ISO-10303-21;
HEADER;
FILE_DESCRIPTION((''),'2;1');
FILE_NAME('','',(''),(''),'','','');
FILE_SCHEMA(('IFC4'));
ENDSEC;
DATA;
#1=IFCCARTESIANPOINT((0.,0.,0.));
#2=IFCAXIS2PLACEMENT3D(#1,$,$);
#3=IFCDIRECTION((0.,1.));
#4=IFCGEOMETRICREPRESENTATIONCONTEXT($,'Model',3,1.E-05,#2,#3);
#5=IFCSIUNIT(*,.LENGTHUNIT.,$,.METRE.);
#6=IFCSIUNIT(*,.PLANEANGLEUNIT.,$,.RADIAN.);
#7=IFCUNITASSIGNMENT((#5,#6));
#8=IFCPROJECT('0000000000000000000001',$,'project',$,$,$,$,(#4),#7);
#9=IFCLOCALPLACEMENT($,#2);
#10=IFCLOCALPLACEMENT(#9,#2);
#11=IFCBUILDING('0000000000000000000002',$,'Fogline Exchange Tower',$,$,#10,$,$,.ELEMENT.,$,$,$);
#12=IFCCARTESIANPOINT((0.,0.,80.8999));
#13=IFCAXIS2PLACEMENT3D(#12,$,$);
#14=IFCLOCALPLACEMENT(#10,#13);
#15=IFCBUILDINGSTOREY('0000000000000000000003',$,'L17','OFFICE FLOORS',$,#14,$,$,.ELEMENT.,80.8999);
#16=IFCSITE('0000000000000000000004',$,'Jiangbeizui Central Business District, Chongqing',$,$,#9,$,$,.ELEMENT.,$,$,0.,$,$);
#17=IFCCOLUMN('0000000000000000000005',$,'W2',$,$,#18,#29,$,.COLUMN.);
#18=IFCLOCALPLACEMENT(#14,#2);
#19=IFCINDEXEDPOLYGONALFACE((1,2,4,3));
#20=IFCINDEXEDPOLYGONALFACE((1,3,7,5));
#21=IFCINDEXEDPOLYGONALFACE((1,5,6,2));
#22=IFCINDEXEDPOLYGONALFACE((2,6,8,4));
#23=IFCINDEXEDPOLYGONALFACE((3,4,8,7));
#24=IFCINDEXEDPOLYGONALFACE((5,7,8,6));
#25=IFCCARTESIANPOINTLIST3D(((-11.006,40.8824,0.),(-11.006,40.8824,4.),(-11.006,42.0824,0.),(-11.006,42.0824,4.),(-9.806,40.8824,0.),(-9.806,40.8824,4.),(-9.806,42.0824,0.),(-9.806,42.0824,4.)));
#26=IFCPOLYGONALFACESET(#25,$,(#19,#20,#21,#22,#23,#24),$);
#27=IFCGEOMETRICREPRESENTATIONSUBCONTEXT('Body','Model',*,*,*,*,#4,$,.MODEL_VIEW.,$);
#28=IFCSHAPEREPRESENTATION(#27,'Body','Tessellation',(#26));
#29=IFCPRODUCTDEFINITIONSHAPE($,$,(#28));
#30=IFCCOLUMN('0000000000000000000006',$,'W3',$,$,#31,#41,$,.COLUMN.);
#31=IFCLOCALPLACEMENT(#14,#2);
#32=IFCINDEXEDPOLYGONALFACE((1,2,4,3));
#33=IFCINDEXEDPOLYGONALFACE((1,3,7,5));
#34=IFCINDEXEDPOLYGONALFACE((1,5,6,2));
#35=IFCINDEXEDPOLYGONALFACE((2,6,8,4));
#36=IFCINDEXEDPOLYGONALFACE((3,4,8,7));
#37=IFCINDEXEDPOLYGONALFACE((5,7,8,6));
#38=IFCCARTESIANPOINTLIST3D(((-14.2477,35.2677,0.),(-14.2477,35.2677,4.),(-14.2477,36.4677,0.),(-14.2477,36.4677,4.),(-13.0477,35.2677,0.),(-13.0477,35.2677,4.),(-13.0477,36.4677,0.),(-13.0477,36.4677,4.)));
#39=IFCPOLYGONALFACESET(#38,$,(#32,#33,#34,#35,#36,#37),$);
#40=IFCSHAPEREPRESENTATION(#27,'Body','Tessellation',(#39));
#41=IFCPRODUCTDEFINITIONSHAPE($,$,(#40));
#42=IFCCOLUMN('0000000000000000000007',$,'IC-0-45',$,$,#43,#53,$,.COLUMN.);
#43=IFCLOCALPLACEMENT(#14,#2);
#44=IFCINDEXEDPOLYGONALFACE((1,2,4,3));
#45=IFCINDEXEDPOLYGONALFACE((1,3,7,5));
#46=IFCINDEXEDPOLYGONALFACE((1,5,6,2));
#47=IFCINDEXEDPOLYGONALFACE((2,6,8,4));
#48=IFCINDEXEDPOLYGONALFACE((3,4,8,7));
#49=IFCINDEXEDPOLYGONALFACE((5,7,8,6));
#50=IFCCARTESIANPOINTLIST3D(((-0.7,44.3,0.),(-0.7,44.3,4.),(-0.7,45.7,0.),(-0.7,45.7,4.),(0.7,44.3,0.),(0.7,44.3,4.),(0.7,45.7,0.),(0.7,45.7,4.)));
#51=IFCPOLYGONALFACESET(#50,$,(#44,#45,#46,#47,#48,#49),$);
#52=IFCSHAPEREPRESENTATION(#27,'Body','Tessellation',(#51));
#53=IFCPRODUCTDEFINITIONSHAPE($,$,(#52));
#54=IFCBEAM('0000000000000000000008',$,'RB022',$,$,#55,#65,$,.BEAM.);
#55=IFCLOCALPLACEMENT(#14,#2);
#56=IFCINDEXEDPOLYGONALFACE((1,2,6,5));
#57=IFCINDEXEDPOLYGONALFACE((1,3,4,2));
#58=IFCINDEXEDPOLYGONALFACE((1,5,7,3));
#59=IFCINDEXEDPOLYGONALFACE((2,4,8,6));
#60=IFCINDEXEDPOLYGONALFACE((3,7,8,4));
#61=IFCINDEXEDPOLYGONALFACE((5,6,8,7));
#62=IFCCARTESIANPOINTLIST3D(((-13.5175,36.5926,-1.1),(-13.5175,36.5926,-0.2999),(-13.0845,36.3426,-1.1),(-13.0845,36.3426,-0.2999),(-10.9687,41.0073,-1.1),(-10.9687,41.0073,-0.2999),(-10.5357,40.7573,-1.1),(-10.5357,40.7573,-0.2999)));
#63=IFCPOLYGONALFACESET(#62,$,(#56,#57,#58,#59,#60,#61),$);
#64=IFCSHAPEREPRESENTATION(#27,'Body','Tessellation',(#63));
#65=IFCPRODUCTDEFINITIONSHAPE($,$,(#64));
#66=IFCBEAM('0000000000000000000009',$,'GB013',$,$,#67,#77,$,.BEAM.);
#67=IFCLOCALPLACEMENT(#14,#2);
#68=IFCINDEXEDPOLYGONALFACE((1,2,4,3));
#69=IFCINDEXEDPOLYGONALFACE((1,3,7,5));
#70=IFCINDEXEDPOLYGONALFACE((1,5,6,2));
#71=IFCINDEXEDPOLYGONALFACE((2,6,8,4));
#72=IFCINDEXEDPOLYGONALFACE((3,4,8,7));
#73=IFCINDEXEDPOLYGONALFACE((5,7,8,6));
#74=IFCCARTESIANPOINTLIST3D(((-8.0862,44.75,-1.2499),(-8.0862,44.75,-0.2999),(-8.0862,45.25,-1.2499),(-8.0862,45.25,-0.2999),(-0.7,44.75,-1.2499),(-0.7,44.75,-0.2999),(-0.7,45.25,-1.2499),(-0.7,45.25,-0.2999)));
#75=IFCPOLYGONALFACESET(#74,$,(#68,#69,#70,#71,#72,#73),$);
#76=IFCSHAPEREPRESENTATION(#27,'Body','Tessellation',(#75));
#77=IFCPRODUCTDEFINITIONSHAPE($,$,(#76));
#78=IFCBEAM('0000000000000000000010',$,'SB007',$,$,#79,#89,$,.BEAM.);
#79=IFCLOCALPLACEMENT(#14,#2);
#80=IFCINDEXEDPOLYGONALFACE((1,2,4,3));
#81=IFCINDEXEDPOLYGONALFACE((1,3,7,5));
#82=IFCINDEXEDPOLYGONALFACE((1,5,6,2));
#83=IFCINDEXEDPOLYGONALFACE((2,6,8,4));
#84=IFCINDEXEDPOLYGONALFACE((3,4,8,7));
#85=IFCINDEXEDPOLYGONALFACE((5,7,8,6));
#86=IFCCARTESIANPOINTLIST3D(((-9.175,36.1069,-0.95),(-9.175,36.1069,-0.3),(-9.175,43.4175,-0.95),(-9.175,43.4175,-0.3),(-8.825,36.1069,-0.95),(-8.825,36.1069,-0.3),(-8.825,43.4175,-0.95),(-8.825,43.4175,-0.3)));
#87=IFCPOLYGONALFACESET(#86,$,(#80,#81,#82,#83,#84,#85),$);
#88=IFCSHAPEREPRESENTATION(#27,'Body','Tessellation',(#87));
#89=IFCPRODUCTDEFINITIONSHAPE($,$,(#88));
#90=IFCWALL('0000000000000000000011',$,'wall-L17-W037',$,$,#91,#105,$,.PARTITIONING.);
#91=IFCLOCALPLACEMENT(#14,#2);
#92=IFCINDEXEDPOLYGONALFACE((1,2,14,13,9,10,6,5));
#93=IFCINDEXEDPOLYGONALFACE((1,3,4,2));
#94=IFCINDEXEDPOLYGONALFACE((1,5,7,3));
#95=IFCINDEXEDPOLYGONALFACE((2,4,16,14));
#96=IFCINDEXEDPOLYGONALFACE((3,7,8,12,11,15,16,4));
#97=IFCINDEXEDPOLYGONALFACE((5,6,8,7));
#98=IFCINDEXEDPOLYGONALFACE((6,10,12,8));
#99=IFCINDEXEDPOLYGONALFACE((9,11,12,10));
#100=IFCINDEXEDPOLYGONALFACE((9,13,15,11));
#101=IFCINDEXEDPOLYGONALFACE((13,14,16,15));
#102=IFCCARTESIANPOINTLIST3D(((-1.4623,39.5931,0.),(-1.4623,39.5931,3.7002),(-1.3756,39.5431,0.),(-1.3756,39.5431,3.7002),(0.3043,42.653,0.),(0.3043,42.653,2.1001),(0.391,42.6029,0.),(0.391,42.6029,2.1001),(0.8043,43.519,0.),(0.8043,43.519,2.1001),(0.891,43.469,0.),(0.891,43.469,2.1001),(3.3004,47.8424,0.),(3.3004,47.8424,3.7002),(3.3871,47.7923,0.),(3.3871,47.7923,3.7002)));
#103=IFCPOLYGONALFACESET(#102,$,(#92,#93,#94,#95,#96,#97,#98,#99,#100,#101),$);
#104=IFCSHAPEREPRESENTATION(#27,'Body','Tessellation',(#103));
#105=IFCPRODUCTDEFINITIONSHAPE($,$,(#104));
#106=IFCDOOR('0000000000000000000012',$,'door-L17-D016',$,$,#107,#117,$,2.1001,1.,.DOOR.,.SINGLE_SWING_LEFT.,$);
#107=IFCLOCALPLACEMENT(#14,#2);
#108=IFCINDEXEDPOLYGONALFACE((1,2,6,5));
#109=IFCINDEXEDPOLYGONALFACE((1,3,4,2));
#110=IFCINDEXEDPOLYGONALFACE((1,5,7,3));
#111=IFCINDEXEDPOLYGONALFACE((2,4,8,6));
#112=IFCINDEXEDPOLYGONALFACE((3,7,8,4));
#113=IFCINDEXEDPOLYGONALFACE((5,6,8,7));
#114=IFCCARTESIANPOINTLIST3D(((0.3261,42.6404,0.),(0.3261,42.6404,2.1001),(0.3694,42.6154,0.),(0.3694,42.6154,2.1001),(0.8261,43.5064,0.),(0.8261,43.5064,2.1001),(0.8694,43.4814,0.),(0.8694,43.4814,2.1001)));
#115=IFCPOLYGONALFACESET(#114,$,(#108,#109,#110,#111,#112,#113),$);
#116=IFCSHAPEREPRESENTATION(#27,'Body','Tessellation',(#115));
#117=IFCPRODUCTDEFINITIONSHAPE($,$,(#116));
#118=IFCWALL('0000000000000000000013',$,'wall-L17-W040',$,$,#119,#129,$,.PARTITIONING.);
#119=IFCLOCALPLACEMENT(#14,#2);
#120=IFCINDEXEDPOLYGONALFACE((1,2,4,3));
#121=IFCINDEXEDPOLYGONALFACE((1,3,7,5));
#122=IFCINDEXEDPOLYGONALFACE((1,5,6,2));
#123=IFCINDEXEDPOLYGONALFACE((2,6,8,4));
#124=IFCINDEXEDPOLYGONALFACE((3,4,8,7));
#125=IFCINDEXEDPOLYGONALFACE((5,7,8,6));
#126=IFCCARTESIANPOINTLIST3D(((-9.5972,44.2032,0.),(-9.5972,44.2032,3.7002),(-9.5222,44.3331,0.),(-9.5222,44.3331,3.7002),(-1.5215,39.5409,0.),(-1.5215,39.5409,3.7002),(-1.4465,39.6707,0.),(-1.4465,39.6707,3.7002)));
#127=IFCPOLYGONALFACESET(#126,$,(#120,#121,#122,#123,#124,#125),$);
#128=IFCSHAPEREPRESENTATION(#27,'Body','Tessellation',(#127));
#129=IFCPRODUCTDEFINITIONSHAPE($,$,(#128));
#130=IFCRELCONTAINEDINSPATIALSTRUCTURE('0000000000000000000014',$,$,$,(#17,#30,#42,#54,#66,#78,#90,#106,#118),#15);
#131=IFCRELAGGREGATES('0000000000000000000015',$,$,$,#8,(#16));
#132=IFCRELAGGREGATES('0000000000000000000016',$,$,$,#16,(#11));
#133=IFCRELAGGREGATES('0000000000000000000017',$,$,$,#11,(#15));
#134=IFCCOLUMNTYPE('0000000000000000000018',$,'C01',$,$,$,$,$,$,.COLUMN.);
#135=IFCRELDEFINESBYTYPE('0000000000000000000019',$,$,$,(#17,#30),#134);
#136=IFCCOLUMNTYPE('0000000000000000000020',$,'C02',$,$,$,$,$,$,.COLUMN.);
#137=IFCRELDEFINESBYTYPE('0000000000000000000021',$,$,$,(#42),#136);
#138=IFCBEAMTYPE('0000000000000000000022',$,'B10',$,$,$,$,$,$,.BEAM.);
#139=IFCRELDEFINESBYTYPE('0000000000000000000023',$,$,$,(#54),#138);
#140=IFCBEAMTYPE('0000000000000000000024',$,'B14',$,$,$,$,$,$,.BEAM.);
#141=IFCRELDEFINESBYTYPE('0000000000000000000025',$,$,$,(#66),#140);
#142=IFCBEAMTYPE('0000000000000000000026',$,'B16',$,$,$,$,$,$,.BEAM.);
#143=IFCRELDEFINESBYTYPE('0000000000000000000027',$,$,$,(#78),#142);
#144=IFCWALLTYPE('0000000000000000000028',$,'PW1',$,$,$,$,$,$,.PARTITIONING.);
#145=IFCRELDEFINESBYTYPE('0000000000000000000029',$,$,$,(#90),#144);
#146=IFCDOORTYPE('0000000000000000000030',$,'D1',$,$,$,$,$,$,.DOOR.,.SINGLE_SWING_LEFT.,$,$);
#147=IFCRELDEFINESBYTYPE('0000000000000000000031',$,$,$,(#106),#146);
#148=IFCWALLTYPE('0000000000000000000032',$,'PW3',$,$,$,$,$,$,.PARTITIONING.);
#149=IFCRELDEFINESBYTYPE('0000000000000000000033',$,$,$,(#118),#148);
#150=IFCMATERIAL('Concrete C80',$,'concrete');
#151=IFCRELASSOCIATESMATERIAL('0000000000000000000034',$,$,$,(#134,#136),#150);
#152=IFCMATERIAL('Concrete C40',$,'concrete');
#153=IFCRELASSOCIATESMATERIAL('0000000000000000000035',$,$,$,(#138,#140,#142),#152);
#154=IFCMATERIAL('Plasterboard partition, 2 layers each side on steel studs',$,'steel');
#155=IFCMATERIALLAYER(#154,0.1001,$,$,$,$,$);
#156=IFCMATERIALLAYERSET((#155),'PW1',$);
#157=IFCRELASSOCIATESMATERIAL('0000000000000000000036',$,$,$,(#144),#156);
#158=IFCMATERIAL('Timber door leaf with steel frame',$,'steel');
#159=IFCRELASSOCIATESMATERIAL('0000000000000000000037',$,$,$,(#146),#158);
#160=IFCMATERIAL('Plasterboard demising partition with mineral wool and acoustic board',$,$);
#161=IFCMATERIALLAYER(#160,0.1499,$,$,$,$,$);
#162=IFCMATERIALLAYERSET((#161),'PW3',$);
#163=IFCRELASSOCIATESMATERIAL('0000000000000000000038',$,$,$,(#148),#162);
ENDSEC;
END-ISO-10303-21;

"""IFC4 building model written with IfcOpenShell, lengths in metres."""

from ifc_helpers import new_model, si_unit, direction, frame, frame_2d, origin, origin_2d, place, context, subcontext, project, spatial, rectangle, extrude, material, layer, layer_set, material_profile, profile_set, type_object, element, fill, save


model = new_model("IFC4")

# Units and contexts
model_context = context("Model", 3, precision=1e-05, world=origin(), true_north=direction((0.0, 1.0)))
body_context = subcontext(model_context, "Body", "Model", "MODEL_VIEW")
ifc_project = project(units=[si_unit("LENGTHUNIT", "METRE"), si_unit("PLANEANGLEUNIT", "RADIAN")], contexts=[model_context])

# Site, building, storey
site_placement = place(None, origin())
site = spatial("IfcSite", under=ifc_project, at=site_placement, Name="Jiangbeizui Central Business District, Chongqing", CompositionType="ELEMENT", RefElevation=0.0)
building_placement = place(site_placement, origin())
building = spatial("IfcBuilding", under=site, at=building_placement, Name="Fogline Exchange Tower", CompositionType="ELEMENT")
storey_placement = place(building_placement, frame((0.0, 0.0, 80.8999)))
storey = spatial("IfcBuildingStorey", under=building, at=storey_placement, Name="L17", Description="OFFICE FLOORS", CompositionType="ELEMENT", Elevation=80.8999)

# Columns
ifc_material_1 = material(Name="Concrete C80", Category="concrete")
ifc_material_profile_1 = material_profile(ifc_material_1, rectangle(XDim=1.2, YDim=1.2, at=origin_2d()), Name="RC 1200x1200")
ifc_profile_set_1 = profile_set([ifc_material_profile_1], Name="Concrete C80")
column_type_1 = type_object("IfcColumnType", Name="C01", PredefinedType="COLUMN", material=ifc_profile_set_1)
for number, where, z_axis, x_axis, name in (
    (1, (-10.406, 41.4824, 0.0), (0.0, 0.0, 1.0), (1.0, 0.0, 0.0), "W2"),
    (2, (-13.6477, 35.8677, 0.0), (0.0, 0.0, 1.0), (1.0, 0.0, 0.0), "W3"),
):
    element("IfcColumn", number, at=place(storey_placement, frame(where, z_axis=z_axis, x_axis=x_axis)), inside=storey, type_object=column_type_1, Name=name, PredefinedType="COLUMN", context=body_context, shape_type="SweptSolid", body=[
        extrude(rectangle(XDim=1.2, YDim=1.2, at=origin_2d()), origin(), (0.0, 0.0, 1.0), 4.0),
    ])
ifc_material_profile_2 = material_profile(ifc_material_1, rectangle(XDim=1.3999, YDim=1.3999, at=origin_2d()), Name="RC 1400x1400")
ifc_profile_set_2 = profile_set([ifc_material_profile_2], Name="Concrete C80")
column_type_2 = type_object("IfcColumnType", Name="C02", PredefinedType="COLUMN", material=ifc_profile_set_2)
column_placement = place(storey_placement, frame((0.0, 45.0, 0.0), z_axis=(0.0, 0.0, 1.0), x_axis=(1.0, 0.0, 0.0)))
element("IfcColumn", 3, at=column_placement, inside=storey, type_object=column_type_2, Name="IC-0-45", PredefinedType="COLUMN", context=body_context, shape_type="SweptSolid", body=[
    extrude(rectangle(XDim=1.3999, YDim=1.3999, at=origin_2d()), origin(), (0.0, 0.0, 1.0), 4.0),
])

# Beams
ifc_material_2 = material(Name="Concrete C40", Category="concrete")
ifc_material_profile_3 = material_profile(ifc_material_2, rectangle(XDim=0.5, YDim=0.8, at=origin_2d()), Name="RC 500x800")
ifc_profile_set_3 = profile_set([ifc_material_profile_3], Name="Concrete C40")
beam_type_1 = type_object("IfcBeamType", Name="B10", PredefinedType="BEAM", material=ifc_profile_set_3)
beam_1_placement = place(storey_placement, frame((-10.7522, 40.8823, -0.7), z_axis=(-0.499992, -0.86603, 0.0), x_axis=(0.86603, -0.499992, 0.0)))
element("IfcBeam", 4, at=beam_1_placement, inside=storey, type_object=beam_type_1, Name="RB022", PredefinedType="BEAM", context=body_context, shape_type="SweptSolid", body=[
    extrude(rectangle(XDim=0.5, YDim=0.8, at=origin_2d()), origin(), (0.0, 0.0, 1.0), 5.0977),
])
ifc_material_profile_4 = material_profile(ifc_material_2, rectangle(XDim=0.5, YDim=0.95, at=origin_2d()), Name="RC 500x950")
ifc_profile_set_4 = profile_set([ifc_material_profile_4], Name="Concrete C40")
beam_type_2 = type_object("IfcBeamType", Name="B14", PredefinedType="BEAM", material=ifc_profile_set_4)
beam_2_placement = place(storey_placement, frame((-8.0862, 45.0, -0.7749), z_axis=(1.0, 0.0, 0.0), x_axis=(0.0, 1.0, 0.0)))
element("IfcBeam", 5, at=beam_2_placement, inside=storey, type_object=beam_type_2, Name="GB013", PredefinedType="BEAM", context=body_context, shape_type="SweptSolid", body=[
    extrude(rectangle(XDim=0.5, YDim=0.95, at=origin_2d()), origin(), (0.0, 0.0, 1.0), 7.3862),
])
ifc_material_profile_5 = material_profile(ifc_material_2, rectangle(XDim=0.3501, YDim=0.6499, at=origin_2d()), Name="RC 350x650")
ifc_profile_set_5 = profile_set([ifc_material_profile_5], Name="Concrete C40")
beam_type_3 = type_object("IfcBeamType", Name="B16", PredefinedType="BEAM", material=ifc_profile_set_5)
beam_3_placement = place(storey_placement, frame((-9.0, 36.1069, -0.625), z_axis=(0.0, 1.0, 0.0), x_axis=(-1.0, 0.0, 0.0)))
element("IfcBeam", 6, at=beam_3_placement, inside=storey, type_object=beam_type_3, Name="SB007", PredefinedType="BEAM", context=body_context, shape_type="SweptSolid", body=[
    extrude(rectangle(XDim=0.3501, YDim=0.6499, at=origin_2d()), origin(), (0.0, 0.0, 1.0), 7.3105),
])

# Wall, opening, door
ifc_material_3 = material(Name="Plasterboard partition, 2 layers each side on steel studs", Category="steel")
ifc_layer_1 = layer(ifc_material_3, 0.1001)
ifc_layer_set_1 = layer_set([ifc_layer_1], Name="PW1")
wall_type_1 = type_object("IfcWallType", Name="PW1", PredefinedType="PARTITIONING", material=ifc_layer_set_1)
wall_1_placement = place(storey_placement, frame((-1.4189, 39.5681, 0.0), z_axis=(0.0, 0.0, 1.0), x_axis=(0.499998, 0.866026, 0.0)))
wall_1 = element("IfcWall", 7, at=wall_1_placement, inside=storey, type_object=wall_type_1, Name="wall-L17-W037", PredefinedType="PARTITIONING", context=body_context, shape_type="SweptSolid", body=[
    extrude(rectangle(XDim=9.5254, YDim=0.1001, at=frame_2d((4.7627, 0.0))), origin(), (0.0, 0.0, 1.0), 3.7002),
])
opening_placement = place(wall_1_placement, frame((3.5332, 0.0, 0.0)))
opening = element("IfcOpeningElement", 8, at=opening_placement, cuts=wall_1, PredefinedType="OPENING", context=body_context, shape_type="SweptSolid", body=[
    extrude(rectangle(XDim=1.0, YDim=2.1001, at=frame_2d((0.5, 1.05))), frame((0.0, 0.0601, 0.0), z_axis=(0.0, -1.0, 0.0), x_axis=(1.0, 0.0, 0.0)), (0.0, 0.0, 1.0), 0.1201),
])
ifc_material_4 = material(Name="Timber door leaf with steel frame", Category="steel")
door_type = type_object("IfcDoorType", Name="D1", OperationType="SINGLE_SWING_LEFT", PredefinedType="DOOR", material=ifc_material_4)
door_placement = place(opening_placement, origin())
door = element("IfcDoor", 9, at=door_placement, inside=storey, type_object=door_type, Name="door-L17-D016", OperationType="SINGLE_SWING_LEFT", OverallHeight=2.1001, OverallWidth=1.0, PredefinedType="DOOR", context=body_context, shape_type="SweptSolid", body=[
    extrude(rectangle(XDim=1.0, YDim=2.1001, at=frame_2d((0.5, 1.05))), frame((0.0, 0.0249, 0.0), z_axis=(0.0, -1.0, 0.0), x_axis=(1.0, 0.0, 0.0)), (0.0, 0.0, 1.0), 0.05),
])
fill(opening, door)

# Wall
ifc_material_5 = material(Name="Plasterboard demising partition with mineral wool and acoustic board")
ifc_layer_2 = layer(ifc_material_5, 0.1499)
ifc_layer_set_2 = layer_set([ifc_layer_2], Name="PW3")
wall_type_2 = type_object("IfcWallType", Name="PW3", PredefinedType="PARTITIONING", material=ifc_layer_set_2)
wall_2_placement = place(storey_placement, frame((-1.4839, 39.6057, 0.0), z_axis=(0.0, 0.0, 1.0), x_axis=(-0.866032, 0.499988, 0.0)))
element("IfcWall", 10, at=wall_2_placement, inside=storey, type_object=wall_type_2, Name="wall-L17-W040", PredefinedType="PARTITIONING", context=body_context, shape_type="SweptSolid", body=[
    extrude(rectangle(XDim=9.325, YDim=0.1499, at=frame_2d((4.6626, 0.0))), origin(), (0.0, 0.0, 1.0), 3.7002),
])

save(model, "model.ifc")
